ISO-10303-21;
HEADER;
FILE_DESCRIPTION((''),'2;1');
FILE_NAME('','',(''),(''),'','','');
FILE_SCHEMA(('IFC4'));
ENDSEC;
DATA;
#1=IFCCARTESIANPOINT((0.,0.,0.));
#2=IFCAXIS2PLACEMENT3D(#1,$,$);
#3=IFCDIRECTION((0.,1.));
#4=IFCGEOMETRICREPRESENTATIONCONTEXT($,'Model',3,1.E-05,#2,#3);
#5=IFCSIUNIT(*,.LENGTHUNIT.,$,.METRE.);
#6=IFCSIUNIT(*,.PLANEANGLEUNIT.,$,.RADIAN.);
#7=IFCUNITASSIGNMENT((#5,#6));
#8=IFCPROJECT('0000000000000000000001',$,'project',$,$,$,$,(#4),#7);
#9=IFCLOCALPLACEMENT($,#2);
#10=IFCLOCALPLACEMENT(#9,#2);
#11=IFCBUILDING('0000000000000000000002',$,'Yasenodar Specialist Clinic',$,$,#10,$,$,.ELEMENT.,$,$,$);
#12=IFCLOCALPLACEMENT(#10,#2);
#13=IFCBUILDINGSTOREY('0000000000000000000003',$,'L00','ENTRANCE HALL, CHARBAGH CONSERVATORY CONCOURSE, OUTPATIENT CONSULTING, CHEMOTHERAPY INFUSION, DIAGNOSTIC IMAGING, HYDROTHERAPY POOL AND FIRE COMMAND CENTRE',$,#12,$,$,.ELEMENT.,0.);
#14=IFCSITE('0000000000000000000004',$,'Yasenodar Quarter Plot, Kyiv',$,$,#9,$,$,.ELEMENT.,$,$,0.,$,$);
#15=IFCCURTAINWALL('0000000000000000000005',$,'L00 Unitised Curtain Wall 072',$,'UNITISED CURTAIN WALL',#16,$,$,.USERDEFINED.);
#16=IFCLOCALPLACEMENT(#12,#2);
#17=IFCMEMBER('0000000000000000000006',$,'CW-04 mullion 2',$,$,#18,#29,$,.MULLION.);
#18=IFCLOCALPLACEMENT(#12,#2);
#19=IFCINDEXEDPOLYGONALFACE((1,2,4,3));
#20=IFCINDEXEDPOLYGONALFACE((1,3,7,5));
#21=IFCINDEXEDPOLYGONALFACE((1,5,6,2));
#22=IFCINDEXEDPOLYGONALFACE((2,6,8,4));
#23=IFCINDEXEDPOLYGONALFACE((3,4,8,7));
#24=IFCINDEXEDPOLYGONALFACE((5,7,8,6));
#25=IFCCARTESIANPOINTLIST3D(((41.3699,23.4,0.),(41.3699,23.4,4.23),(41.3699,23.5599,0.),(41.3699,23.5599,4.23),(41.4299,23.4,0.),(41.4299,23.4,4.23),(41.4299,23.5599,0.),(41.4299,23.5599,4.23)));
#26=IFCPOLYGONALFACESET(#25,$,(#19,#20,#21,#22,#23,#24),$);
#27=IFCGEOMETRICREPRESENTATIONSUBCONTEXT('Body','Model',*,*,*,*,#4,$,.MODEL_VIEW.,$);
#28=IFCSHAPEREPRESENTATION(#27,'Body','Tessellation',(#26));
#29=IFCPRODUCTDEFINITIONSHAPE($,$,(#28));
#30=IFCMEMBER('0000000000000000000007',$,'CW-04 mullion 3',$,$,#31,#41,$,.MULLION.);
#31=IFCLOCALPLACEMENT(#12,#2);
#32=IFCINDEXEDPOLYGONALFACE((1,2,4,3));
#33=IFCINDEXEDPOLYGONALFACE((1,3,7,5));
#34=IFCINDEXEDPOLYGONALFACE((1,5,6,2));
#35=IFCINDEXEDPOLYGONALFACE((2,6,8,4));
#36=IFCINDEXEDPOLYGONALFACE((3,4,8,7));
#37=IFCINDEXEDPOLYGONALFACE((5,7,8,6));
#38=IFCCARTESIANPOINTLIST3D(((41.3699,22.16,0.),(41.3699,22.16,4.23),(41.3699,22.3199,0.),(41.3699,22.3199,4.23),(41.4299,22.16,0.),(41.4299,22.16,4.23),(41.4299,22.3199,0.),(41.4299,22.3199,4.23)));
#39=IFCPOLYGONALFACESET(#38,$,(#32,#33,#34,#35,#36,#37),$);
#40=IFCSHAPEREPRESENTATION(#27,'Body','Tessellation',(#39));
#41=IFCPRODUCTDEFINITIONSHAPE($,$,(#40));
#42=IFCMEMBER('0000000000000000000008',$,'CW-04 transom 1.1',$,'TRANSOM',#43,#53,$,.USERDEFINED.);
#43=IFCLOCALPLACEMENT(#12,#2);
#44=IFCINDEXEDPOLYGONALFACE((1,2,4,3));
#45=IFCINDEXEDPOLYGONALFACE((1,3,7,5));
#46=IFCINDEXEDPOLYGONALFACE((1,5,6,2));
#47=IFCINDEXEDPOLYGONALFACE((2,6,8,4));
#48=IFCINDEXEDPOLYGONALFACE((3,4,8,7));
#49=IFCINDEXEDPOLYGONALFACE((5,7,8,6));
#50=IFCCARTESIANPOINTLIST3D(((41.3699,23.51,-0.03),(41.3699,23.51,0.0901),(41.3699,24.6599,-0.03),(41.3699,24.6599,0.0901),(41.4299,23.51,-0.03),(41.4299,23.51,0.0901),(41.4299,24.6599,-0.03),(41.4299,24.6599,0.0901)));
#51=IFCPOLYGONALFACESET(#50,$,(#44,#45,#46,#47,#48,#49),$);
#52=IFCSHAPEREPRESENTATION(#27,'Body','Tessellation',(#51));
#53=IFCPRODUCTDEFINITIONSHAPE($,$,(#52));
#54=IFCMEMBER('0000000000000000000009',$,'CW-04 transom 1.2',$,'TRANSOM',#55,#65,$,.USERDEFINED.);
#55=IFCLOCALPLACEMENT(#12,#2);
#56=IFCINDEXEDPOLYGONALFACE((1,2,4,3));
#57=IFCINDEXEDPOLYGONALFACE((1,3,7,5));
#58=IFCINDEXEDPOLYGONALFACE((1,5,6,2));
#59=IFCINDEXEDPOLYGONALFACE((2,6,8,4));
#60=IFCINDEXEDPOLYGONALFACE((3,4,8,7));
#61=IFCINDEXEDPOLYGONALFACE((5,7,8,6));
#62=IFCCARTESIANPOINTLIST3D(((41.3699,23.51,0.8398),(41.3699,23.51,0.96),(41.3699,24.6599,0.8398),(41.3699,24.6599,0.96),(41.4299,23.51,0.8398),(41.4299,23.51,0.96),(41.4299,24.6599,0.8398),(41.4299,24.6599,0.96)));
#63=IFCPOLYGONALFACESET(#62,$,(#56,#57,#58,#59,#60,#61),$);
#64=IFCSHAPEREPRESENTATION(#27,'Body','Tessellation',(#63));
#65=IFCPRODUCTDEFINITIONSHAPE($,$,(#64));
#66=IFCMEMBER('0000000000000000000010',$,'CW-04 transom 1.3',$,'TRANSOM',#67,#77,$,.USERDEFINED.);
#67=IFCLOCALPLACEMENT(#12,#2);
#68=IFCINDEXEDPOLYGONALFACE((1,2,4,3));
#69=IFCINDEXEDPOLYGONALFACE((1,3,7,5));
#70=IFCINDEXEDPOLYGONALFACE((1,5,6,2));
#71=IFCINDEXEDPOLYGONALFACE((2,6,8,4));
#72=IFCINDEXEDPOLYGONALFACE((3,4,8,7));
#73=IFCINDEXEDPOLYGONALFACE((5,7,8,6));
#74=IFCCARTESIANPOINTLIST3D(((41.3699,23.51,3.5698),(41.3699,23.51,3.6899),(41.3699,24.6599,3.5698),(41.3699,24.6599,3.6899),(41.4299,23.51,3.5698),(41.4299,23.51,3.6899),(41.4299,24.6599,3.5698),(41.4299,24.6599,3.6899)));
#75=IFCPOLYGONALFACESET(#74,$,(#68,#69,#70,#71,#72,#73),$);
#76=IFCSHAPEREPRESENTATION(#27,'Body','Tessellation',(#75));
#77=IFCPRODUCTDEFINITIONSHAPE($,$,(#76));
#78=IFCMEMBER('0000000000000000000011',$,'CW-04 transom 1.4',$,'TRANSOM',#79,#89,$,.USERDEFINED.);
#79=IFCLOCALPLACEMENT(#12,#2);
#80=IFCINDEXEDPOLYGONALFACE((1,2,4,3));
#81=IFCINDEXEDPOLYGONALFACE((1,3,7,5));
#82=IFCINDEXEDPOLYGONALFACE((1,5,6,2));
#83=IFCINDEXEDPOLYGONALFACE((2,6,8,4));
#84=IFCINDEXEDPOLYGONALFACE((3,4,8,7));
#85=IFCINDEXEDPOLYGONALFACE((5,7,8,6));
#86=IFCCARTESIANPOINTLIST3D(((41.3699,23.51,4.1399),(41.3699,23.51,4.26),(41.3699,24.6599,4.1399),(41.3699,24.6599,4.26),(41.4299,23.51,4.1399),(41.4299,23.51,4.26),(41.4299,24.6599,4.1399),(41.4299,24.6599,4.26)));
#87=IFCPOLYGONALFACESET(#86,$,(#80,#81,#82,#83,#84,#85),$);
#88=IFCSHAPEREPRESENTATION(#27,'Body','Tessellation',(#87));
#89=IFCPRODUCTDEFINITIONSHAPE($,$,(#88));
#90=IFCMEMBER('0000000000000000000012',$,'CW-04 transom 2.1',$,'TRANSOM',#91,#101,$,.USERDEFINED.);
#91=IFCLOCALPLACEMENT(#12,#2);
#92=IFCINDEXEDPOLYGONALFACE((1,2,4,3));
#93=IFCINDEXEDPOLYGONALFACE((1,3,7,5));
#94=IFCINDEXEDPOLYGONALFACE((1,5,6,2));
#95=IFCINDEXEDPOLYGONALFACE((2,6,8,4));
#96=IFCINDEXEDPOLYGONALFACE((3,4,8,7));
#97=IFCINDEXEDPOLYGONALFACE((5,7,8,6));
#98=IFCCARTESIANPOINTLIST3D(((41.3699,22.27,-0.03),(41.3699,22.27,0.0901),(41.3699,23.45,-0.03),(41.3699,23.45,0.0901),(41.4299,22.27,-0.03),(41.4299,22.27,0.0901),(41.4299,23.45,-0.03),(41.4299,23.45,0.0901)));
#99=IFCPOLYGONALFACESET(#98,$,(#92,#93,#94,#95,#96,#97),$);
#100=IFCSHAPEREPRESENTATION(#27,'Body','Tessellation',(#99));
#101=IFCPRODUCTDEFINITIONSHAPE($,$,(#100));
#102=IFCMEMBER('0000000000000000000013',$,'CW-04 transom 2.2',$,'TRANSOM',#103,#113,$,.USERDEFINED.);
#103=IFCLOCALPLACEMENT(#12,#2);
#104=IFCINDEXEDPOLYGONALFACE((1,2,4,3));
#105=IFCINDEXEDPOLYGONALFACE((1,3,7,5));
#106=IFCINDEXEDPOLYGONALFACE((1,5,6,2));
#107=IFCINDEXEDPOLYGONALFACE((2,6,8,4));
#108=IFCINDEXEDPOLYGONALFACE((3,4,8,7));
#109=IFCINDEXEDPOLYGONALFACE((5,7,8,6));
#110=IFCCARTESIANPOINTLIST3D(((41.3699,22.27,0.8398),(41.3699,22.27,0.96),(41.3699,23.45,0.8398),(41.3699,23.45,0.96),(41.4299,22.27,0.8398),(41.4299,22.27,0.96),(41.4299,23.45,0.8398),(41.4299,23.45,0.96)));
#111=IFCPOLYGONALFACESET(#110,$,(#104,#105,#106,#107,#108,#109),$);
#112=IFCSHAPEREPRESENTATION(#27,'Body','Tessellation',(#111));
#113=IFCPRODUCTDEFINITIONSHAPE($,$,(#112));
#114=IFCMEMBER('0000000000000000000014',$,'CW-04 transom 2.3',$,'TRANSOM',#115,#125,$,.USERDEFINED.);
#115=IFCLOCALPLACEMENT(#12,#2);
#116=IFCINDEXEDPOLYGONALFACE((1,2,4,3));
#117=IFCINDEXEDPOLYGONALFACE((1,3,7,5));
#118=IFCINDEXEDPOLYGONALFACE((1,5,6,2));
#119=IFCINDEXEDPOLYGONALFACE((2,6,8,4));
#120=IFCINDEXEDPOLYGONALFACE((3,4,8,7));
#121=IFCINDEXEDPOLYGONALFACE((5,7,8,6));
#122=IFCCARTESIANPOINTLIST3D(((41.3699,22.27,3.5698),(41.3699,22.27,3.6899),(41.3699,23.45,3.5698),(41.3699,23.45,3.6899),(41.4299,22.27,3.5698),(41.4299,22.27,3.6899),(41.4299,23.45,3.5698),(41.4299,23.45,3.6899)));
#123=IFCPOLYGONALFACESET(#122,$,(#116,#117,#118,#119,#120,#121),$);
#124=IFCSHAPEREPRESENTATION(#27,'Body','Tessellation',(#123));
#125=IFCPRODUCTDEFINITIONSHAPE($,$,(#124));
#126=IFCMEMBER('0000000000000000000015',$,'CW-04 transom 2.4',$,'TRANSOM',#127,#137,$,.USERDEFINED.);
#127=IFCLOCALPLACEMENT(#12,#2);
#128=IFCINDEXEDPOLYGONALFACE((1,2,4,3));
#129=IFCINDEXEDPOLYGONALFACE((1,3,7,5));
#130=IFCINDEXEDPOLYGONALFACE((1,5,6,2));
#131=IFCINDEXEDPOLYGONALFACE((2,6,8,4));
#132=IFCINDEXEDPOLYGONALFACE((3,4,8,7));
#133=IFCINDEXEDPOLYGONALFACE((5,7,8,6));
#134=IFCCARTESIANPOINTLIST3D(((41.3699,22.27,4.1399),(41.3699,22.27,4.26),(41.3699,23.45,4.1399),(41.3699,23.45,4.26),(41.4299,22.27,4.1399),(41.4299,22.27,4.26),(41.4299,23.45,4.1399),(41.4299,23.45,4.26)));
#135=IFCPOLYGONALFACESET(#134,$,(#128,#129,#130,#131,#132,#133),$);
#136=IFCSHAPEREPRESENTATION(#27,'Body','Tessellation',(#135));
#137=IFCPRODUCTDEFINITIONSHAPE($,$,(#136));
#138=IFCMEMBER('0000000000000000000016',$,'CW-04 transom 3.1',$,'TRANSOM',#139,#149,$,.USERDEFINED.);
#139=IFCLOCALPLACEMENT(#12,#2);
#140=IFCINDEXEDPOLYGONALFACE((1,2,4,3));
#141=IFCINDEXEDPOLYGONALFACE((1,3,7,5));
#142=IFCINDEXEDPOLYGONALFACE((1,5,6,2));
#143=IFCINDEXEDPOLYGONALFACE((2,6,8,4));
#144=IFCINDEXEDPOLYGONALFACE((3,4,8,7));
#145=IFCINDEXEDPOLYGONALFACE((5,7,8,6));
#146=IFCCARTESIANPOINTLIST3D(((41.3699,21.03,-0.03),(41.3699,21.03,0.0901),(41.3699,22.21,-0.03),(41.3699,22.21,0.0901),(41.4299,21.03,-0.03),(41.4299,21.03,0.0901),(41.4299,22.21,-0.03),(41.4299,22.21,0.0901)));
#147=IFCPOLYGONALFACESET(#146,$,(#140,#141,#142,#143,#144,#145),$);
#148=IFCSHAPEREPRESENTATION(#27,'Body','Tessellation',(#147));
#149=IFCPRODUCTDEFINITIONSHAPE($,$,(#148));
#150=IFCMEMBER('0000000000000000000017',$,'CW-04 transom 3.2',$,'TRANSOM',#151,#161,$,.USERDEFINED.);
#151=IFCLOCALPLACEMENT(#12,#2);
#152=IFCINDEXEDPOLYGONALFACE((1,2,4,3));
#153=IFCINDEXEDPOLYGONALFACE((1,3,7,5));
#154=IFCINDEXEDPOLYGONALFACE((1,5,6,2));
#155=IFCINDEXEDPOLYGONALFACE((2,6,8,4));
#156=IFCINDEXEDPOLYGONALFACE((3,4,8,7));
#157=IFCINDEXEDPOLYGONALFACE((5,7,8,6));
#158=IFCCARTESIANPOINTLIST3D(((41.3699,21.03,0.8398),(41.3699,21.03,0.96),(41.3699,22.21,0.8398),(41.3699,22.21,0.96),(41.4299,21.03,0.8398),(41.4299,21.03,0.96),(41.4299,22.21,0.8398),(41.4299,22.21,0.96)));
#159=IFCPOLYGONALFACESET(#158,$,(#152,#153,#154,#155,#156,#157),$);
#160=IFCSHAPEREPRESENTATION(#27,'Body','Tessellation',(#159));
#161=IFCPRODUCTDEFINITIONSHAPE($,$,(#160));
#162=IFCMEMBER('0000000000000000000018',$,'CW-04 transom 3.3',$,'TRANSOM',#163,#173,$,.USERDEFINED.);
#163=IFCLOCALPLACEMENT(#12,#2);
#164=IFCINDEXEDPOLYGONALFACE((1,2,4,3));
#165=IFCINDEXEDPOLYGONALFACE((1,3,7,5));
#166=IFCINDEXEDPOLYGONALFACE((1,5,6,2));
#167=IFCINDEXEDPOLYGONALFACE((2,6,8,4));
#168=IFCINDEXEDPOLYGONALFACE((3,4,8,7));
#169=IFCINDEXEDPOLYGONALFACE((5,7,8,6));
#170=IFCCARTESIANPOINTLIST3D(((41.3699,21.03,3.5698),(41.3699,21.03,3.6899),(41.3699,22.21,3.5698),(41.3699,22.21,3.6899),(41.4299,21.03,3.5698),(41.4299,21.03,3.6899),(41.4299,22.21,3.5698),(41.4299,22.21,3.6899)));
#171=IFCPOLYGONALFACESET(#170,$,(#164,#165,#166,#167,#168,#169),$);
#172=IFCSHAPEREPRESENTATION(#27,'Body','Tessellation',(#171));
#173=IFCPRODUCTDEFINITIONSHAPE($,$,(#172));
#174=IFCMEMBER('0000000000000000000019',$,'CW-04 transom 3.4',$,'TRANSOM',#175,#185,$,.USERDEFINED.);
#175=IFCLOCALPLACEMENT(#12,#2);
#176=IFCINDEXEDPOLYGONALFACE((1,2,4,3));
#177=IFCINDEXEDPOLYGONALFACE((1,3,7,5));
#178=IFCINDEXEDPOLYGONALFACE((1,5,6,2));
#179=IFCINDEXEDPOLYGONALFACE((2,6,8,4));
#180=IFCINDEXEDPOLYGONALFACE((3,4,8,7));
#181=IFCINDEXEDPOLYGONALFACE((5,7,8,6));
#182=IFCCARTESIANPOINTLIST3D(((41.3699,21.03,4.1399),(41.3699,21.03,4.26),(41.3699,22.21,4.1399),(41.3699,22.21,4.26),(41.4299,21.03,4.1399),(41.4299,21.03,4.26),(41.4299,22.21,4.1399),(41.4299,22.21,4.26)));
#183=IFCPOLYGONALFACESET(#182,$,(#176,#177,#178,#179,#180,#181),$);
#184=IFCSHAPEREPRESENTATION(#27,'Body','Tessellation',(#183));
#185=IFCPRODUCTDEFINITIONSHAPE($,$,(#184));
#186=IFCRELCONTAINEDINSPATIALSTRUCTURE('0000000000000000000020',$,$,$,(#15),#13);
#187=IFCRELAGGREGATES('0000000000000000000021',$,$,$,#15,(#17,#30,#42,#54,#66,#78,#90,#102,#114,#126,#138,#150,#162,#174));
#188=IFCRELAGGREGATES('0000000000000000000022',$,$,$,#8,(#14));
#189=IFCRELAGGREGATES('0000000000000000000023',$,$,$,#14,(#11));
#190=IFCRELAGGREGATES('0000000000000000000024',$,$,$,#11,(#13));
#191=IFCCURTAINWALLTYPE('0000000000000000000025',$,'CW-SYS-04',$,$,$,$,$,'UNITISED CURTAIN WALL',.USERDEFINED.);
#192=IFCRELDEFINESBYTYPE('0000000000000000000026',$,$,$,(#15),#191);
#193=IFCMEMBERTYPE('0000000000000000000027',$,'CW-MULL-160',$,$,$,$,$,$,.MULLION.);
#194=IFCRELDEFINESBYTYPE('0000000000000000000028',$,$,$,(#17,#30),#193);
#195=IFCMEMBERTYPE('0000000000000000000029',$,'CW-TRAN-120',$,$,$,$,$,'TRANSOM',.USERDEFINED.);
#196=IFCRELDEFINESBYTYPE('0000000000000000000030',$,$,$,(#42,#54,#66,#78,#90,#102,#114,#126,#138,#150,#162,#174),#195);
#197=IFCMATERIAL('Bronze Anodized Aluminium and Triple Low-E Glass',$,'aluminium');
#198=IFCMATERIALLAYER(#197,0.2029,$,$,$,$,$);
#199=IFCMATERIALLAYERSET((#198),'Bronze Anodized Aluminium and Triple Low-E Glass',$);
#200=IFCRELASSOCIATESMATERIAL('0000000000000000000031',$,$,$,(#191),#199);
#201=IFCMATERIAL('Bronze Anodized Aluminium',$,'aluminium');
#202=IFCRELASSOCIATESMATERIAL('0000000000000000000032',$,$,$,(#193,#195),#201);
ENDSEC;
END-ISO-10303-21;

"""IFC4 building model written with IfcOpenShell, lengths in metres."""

from ifc_helpers import new_model, si_unit, direction, frame, origin, origin_2d, place, context, subcontext, project, spatial, rectangle, extrude, material, layer, layer_set, material_profile, profile_set, type_object, element, aggregate, save


model = new_model("IFC4")

# Units and contexts
model_context = context("Model", 3, precision=1e-05, world=origin(), true_north=direction((0.0, 1.0)))
body_context = subcontext(model_context, "Body", "Model", "MODEL_VIEW")
ifc_project = project(units=[si_unit("LENGTHUNIT", "METRE"), si_unit("PLANEANGLEUNIT", "RADIAN")], contexts=[model_context])

# Site, building, storey
site_placement = place(None, origin())
site = spatial("IfcSite", under=ifc_project, at=site_placement, Name="Yasenodar Quarter Plot, Kyiv", CompositionType="ELEMENT", RefElevation=0.0)
building_placement = place(site_placement, origin())
building = spatial("IfcBuilding", under=site, at=building_placement, Name="Yasenodar Specialist Clinic", CompositionType="ELEMENT")
storey_placement = place(building_placement, origin())
storey = spatial("IfcBuildingStorey", under=building, at=storey_placement, Name="L00", Description="ENTRANCE HALL, CHARBAGH CONSERVATORY CONCOURSE, OUTPATIENT CONSULTING, CHEMOTHERAPY INFUSION, DIAGNOSTIC IMAGING, HYDROTHERAPY POOL AND FIRE COMMAND CENTRE", CompositionType="ELEMENT", Elevation=0.0)

# Curtain wall, members
ifc_material_1 = material(Name="Bronze Anodized Aluminium and Triple Low-E Glass", Category="aluminium")
ifc_layer_1 = layer(ifc_material_1, 0.2029)
ifc_layer_set_1 = layer_set([ifc_layer_1], Name="Bronze Anodized Aluminium and Triple Low-E Glass")
curtain_wall_type = type_object("IfcCurtainWallType", Name="CW-SYS-04", ElementType="UNITISED CURTAIN WALL", PredefinedType="USERDEFINED", material=ifc_layer_set_1)
curtain_wall_placement = place(storey_placement, origin())
curtain_wall = element("IfcCurtainWall", 1, at=curtain_wall_placement, inside=storey, type_object=curtain_wall_type, Name="L00 Unitised Curtain Wall 072", ObjectType="UNITISED CURTAIN WALL", PredefinedType="USERDEFINED")
ifc_material_2 = material(Name="Bronze Anodized Aluminium", Category="aluminium")
ifc_material_profile_1 = material_profile(ifc_material_2, rectangle(XDim=0.0601, YDim=0.1599, at=origin_2d()), Name="CW-MULL 60x160")
ifc_profile_set_1 = profile_set([ifc_material_profile_1], Name="Bronze Anodized Aluminium")
member_type_1 = type_object("IfcMemberType", Name="CW-MULL-160", PredefinedType="MULLION", material=ifc_profile_set_1)
member_1_placement = place(storey_placement, frame((41.3999, 23.48, 0.0), z_axis=(0.0, 0.0, 1.0), x_axis=(1.0, 0.0, 0.0)))
member_1 = element("IfcMember", 2, at=member_1_placement, type_object=member_type_1, Name="CW-04 mullion 2", PredefinedType="MULLION", context=body_context, shape_type="SweptSolid", body=[
    extrude(rectangle(XDim=0.0601, YDim=0.1599, at=origin_2d()), origin(), (0.0, 0.0, 1.0), 4.23),
])
member_2_placement = place(storey_placement, frame((41.3999, 22.24, 0.0), z_axis=(0.0, 0.0, 1.0), x_axis=(1.0, 0.0, 0.0)))
member_2 = element("IfcMember", 3, at=member_2_placement, type_object=member_type_1, Name="CW-04 mullion 3", PredefinedType="MULLION", context=body_context, shape_type="SweptSolid", body=[
    extrude(rectangle(XDim=0.0601, YDim=0.1599, at=origin_2d()), origin(), (0.0, 0.0, 1.0), 4.23),
])
ifc_material_profile_2 = material_profile(ifc_material_2, rectangle(XDim=0.0601, YDim=0.1201, at=origin_2d()), Name="CW-TRAN 60x120")
ifc_profile_set_2 = profile_set([ifc_material_profile_2], Name="Bronze Anodized Aluminium")
member_type_2 = type_object("IfcMemberType", Name="CW-TRAN-120", ElementType="TRANSOM", PredefinedType="USERDEFINED", material=ifc_profile_set_2)
member_3_placement = place(storey_placement, frame((41.3999, 24.6599, 0.03), z_axis=(0.0, -1.0, 0.0), x_axis=(1.0, 0.0, 0.0)))
member_3 = element("IfcMember", 4, at=member_3_placement, type_object=member_type_2, Name="CW-04 transom 1.1", ObjectType="TRANSOM", PredefinedType="USERDEFINED", context=body_context, shape_type="SweptSolid", body=[
    extrude(rectangle(XDim=0.0601, YDim=0.1201, at=origin_2d()), origin(), (0.0, 0.0, 1.0), 1.1499),
])
member_4_placement = place(storey_placement, frame((41.3999, 24.6599, 0.8999), z_axis=(0.0, -1.0, 0.0), x_axis=(1.0, 0.0, 0.0)))
member_4 = element("IfcMember", 5, at=member_4_placement, type_object=member_type_2, Name="CW-04 transom 1.2", ObjectType="TRANSOM", PredefinedType="USERDEFINED", context=body_context, shape_type="SweptSolid", body=[
    extrude(rectangle(XDim=0.0601, YDim=0.1201, at=origin_2d()), origin(), (0.0, 0.0, 1.0), 1.1499),
])
member_5_placement = place(storey_placement, frame((41.3999, 24.6599, 3.6299), z_axis=(0.0, -1.0, 0.0), x_axis=(1.0, 0.0, 0.0)))
member_5 = element("IfcMember", 6, at=member_5_placement, type_object=member_type_2, Name="CW-04 transom 1.3", ObjectType="TRANSOM", PredefinedType="USERDEFINED", context=body_context, shape_type="SweptSolid", body=[
    extrude(rectangle(XDim=0.0601, YDim=0.1201, at=origin_2d()), origin(), (0.0, 0.0, 1.0), 1.1499),
])
member_6_placement = place(storey_placement, frame((41.3999, 24.6599, 4.2), z_axis=(0.0, -1.0, 0.0), x_axis=(1.0, 0.0, 0.0)))
member_6 = element("IfcMember", 7, at=member_6_placement, type_object=member_type_2, Name="CW-04 transom 1.4", ObjectType="TRANSOM", PredefinedType="USERDEFINED", context=body_context, shape_type="SweptSolid", body=[
    extrude(rectangle(XDim=0.0601, YDim=0.1201, at=origin_2d()), origin(), (0.0, 0.0, 1.0), 1.1499),
])
member_7_placement = place(storey_placement, frame((41.3999, 23.45, 0.03), z_axis=(0.0, -1.0, 0.0), x_axis=(1.0, 0.0, 0.0)))
member_7 = element("IfcMember", 8, at=member_7_placement, type_object=member_type_2, Name="CW-04 transom 2.1", ObjectType="TRANSOM", PredefinedType="USERDEFINED", context=body_context, shape_type="SweptSolid", body=[
    extrude(rectangle(XDim=0.0601, YDim=0.1201, at=origin_2d()), origin(), (0.0, 0.0, 1.0), 1.1799),
])
member_8_placement = place(storey_placement, frame((41.3999, 23.45, 0.8999), z_axis=(0.0, -1.0, 0.0), x_axis=(1.0, 0.0, 0.0)))
member_8 = element("IfcMember", 9, at=member_8_placement, type_object=member_type_2, Name="CW-04 transom 2.2", ObjectType="TRANSOM", PredefinedType="USERDEFINED", context=body_context, shape_type="SweptSolid", body=[
    extrude(rectangle(XDim=0.0601, YDim=0.1201, at=origin_2d()), origin(), (0.0, 0.0, 1.0), 1.1799),
])
member_9_placement = place(storey_placement, frame((41.3999, 23.45, 3.6299), z_axis=(0.0, -1.0, 0.0), x_axis=(1.0, 0.0, 0.0)))
member_9 = element("IfcMember", 10, at=member_9_placement, type_object=member_type_2, Name="CW-04 transom 2.3", ObjectType="TRANSOM", PredefinedType="USERDEFINED", context=body_context, shape_type="SweptSolid", body=[
    extrude(rectangle(XDim=0.0601, YDim=0.1201, at=origin_2d()), origin(), (0.0, 0.0, 1.0), 1.1799),
])
member_10_placement = place(storey_placement, frame((41.3999, 23.45, 4.2), z_axis=(0.0, -1.0, 0.0), x_axis=(1.0, 0.0, 0.0)))
member_10 = element("IfcMember", 11, at=member_10_placement, type_object=member_type_2, Name="CW-04 transom 2.4", ObjectType="TRANSOM", PredefinedType="USERDEFINED", context=body_context, shape_type="SweptSolid", body=[
    extrude(rectangle(XDim=0.0601, YDim=0.1201, at=origin_2d()), origin(), (0.0, 0.0, 1.0), 1.1799),
])
member_11_placement = place(storey_placement, frame((41.3999, 22.21, 0.03), z_axis=(0.0, -1.0, 0.0), x_axis=(1.0, 0.0, 0.0)))
member_11 = element("IfcMember", 12, at=member_11_placement, type_object=member_type_2, Name="CW-04 transom 3.1", ObjectType="TRANSOM", PredefinedType="USERDEFINED", context=body_context, shape_type="SweptSolid", body=[
    extrude(rectangle(XDim=0.0601, YDim=0.1201, at=origin_2d()), origin(), (0.0, 0.0, 1.0), 1.1799),
])
member_12_placement = place(storey_placement, frame((41.3999, 22.21, 0.8999), z_axis=(0.0, -1.0, 0.0), x_axis=(1.0, 0.0, 0.0)))
member_12 = element("IfcMember", 13, at=member_12_placement, type_object=member_type_2, Name="CW-04 transom 3.2", ObjectType="TRANSOM", PredefinedType="USERDEFINED", context=body_context, shape_type="SweptSolid", body=[
    extrude(rectangle(XDim=0.0601, YDim=0.1201, at=origin_2d()), origin(), (0.0, 0.0, 1.0), 1.1799),
])
member_13_placement = place(storey_placement, frame((41.3999, 22.21, 3.6299), z_axis=(0.0, -1.0, 0.0), x_axis=(1.0, 0.0, 0.0)))
member_13 = element("IfcMember", 14, at=member_13_placement, type_object=member_type_2, Name="CW-04 transom 3.3", ObjectType="TRANSOM", PredefinedType="USERDEFINED", context=body_context, shape_type="SweptSolid", body=[
    extrude(rectangle(XDim=0.0601, YDim=0.1201, at=origin_2d()), origin(), (0.0, 0.0, 1.0), 1.1799),
])
member_14_placement = place(storey_placement, frame((41.3999, 22.21, 4.2), z_axis=(0.0, -1.0, 0.0), x_axis=(1.0, 0.0, 0.0)))
member_14 = element("IfcMember", 15, at=member_14_placement, type_object=member_type_2, Name="CW-04 transom 3.4", ObjectType="TRANSOM", PredefinedType="USERDEFINED", context=body_context, shape_type="SweptSolid", body=[
    extrude(rectangle(XDim=0.0601, YDim=0.1201, at=origin_2d()), origin(), (0.0, 0.0, 1.0), 1.1799),
])
aggregate(curtain_wall, [member_1, member_2, member_3, member_4, member_5, member_6, member_7, member_8, member_9, member_10, member_11, member_12, member_13, member_14])

save(model, "model.ifc")
